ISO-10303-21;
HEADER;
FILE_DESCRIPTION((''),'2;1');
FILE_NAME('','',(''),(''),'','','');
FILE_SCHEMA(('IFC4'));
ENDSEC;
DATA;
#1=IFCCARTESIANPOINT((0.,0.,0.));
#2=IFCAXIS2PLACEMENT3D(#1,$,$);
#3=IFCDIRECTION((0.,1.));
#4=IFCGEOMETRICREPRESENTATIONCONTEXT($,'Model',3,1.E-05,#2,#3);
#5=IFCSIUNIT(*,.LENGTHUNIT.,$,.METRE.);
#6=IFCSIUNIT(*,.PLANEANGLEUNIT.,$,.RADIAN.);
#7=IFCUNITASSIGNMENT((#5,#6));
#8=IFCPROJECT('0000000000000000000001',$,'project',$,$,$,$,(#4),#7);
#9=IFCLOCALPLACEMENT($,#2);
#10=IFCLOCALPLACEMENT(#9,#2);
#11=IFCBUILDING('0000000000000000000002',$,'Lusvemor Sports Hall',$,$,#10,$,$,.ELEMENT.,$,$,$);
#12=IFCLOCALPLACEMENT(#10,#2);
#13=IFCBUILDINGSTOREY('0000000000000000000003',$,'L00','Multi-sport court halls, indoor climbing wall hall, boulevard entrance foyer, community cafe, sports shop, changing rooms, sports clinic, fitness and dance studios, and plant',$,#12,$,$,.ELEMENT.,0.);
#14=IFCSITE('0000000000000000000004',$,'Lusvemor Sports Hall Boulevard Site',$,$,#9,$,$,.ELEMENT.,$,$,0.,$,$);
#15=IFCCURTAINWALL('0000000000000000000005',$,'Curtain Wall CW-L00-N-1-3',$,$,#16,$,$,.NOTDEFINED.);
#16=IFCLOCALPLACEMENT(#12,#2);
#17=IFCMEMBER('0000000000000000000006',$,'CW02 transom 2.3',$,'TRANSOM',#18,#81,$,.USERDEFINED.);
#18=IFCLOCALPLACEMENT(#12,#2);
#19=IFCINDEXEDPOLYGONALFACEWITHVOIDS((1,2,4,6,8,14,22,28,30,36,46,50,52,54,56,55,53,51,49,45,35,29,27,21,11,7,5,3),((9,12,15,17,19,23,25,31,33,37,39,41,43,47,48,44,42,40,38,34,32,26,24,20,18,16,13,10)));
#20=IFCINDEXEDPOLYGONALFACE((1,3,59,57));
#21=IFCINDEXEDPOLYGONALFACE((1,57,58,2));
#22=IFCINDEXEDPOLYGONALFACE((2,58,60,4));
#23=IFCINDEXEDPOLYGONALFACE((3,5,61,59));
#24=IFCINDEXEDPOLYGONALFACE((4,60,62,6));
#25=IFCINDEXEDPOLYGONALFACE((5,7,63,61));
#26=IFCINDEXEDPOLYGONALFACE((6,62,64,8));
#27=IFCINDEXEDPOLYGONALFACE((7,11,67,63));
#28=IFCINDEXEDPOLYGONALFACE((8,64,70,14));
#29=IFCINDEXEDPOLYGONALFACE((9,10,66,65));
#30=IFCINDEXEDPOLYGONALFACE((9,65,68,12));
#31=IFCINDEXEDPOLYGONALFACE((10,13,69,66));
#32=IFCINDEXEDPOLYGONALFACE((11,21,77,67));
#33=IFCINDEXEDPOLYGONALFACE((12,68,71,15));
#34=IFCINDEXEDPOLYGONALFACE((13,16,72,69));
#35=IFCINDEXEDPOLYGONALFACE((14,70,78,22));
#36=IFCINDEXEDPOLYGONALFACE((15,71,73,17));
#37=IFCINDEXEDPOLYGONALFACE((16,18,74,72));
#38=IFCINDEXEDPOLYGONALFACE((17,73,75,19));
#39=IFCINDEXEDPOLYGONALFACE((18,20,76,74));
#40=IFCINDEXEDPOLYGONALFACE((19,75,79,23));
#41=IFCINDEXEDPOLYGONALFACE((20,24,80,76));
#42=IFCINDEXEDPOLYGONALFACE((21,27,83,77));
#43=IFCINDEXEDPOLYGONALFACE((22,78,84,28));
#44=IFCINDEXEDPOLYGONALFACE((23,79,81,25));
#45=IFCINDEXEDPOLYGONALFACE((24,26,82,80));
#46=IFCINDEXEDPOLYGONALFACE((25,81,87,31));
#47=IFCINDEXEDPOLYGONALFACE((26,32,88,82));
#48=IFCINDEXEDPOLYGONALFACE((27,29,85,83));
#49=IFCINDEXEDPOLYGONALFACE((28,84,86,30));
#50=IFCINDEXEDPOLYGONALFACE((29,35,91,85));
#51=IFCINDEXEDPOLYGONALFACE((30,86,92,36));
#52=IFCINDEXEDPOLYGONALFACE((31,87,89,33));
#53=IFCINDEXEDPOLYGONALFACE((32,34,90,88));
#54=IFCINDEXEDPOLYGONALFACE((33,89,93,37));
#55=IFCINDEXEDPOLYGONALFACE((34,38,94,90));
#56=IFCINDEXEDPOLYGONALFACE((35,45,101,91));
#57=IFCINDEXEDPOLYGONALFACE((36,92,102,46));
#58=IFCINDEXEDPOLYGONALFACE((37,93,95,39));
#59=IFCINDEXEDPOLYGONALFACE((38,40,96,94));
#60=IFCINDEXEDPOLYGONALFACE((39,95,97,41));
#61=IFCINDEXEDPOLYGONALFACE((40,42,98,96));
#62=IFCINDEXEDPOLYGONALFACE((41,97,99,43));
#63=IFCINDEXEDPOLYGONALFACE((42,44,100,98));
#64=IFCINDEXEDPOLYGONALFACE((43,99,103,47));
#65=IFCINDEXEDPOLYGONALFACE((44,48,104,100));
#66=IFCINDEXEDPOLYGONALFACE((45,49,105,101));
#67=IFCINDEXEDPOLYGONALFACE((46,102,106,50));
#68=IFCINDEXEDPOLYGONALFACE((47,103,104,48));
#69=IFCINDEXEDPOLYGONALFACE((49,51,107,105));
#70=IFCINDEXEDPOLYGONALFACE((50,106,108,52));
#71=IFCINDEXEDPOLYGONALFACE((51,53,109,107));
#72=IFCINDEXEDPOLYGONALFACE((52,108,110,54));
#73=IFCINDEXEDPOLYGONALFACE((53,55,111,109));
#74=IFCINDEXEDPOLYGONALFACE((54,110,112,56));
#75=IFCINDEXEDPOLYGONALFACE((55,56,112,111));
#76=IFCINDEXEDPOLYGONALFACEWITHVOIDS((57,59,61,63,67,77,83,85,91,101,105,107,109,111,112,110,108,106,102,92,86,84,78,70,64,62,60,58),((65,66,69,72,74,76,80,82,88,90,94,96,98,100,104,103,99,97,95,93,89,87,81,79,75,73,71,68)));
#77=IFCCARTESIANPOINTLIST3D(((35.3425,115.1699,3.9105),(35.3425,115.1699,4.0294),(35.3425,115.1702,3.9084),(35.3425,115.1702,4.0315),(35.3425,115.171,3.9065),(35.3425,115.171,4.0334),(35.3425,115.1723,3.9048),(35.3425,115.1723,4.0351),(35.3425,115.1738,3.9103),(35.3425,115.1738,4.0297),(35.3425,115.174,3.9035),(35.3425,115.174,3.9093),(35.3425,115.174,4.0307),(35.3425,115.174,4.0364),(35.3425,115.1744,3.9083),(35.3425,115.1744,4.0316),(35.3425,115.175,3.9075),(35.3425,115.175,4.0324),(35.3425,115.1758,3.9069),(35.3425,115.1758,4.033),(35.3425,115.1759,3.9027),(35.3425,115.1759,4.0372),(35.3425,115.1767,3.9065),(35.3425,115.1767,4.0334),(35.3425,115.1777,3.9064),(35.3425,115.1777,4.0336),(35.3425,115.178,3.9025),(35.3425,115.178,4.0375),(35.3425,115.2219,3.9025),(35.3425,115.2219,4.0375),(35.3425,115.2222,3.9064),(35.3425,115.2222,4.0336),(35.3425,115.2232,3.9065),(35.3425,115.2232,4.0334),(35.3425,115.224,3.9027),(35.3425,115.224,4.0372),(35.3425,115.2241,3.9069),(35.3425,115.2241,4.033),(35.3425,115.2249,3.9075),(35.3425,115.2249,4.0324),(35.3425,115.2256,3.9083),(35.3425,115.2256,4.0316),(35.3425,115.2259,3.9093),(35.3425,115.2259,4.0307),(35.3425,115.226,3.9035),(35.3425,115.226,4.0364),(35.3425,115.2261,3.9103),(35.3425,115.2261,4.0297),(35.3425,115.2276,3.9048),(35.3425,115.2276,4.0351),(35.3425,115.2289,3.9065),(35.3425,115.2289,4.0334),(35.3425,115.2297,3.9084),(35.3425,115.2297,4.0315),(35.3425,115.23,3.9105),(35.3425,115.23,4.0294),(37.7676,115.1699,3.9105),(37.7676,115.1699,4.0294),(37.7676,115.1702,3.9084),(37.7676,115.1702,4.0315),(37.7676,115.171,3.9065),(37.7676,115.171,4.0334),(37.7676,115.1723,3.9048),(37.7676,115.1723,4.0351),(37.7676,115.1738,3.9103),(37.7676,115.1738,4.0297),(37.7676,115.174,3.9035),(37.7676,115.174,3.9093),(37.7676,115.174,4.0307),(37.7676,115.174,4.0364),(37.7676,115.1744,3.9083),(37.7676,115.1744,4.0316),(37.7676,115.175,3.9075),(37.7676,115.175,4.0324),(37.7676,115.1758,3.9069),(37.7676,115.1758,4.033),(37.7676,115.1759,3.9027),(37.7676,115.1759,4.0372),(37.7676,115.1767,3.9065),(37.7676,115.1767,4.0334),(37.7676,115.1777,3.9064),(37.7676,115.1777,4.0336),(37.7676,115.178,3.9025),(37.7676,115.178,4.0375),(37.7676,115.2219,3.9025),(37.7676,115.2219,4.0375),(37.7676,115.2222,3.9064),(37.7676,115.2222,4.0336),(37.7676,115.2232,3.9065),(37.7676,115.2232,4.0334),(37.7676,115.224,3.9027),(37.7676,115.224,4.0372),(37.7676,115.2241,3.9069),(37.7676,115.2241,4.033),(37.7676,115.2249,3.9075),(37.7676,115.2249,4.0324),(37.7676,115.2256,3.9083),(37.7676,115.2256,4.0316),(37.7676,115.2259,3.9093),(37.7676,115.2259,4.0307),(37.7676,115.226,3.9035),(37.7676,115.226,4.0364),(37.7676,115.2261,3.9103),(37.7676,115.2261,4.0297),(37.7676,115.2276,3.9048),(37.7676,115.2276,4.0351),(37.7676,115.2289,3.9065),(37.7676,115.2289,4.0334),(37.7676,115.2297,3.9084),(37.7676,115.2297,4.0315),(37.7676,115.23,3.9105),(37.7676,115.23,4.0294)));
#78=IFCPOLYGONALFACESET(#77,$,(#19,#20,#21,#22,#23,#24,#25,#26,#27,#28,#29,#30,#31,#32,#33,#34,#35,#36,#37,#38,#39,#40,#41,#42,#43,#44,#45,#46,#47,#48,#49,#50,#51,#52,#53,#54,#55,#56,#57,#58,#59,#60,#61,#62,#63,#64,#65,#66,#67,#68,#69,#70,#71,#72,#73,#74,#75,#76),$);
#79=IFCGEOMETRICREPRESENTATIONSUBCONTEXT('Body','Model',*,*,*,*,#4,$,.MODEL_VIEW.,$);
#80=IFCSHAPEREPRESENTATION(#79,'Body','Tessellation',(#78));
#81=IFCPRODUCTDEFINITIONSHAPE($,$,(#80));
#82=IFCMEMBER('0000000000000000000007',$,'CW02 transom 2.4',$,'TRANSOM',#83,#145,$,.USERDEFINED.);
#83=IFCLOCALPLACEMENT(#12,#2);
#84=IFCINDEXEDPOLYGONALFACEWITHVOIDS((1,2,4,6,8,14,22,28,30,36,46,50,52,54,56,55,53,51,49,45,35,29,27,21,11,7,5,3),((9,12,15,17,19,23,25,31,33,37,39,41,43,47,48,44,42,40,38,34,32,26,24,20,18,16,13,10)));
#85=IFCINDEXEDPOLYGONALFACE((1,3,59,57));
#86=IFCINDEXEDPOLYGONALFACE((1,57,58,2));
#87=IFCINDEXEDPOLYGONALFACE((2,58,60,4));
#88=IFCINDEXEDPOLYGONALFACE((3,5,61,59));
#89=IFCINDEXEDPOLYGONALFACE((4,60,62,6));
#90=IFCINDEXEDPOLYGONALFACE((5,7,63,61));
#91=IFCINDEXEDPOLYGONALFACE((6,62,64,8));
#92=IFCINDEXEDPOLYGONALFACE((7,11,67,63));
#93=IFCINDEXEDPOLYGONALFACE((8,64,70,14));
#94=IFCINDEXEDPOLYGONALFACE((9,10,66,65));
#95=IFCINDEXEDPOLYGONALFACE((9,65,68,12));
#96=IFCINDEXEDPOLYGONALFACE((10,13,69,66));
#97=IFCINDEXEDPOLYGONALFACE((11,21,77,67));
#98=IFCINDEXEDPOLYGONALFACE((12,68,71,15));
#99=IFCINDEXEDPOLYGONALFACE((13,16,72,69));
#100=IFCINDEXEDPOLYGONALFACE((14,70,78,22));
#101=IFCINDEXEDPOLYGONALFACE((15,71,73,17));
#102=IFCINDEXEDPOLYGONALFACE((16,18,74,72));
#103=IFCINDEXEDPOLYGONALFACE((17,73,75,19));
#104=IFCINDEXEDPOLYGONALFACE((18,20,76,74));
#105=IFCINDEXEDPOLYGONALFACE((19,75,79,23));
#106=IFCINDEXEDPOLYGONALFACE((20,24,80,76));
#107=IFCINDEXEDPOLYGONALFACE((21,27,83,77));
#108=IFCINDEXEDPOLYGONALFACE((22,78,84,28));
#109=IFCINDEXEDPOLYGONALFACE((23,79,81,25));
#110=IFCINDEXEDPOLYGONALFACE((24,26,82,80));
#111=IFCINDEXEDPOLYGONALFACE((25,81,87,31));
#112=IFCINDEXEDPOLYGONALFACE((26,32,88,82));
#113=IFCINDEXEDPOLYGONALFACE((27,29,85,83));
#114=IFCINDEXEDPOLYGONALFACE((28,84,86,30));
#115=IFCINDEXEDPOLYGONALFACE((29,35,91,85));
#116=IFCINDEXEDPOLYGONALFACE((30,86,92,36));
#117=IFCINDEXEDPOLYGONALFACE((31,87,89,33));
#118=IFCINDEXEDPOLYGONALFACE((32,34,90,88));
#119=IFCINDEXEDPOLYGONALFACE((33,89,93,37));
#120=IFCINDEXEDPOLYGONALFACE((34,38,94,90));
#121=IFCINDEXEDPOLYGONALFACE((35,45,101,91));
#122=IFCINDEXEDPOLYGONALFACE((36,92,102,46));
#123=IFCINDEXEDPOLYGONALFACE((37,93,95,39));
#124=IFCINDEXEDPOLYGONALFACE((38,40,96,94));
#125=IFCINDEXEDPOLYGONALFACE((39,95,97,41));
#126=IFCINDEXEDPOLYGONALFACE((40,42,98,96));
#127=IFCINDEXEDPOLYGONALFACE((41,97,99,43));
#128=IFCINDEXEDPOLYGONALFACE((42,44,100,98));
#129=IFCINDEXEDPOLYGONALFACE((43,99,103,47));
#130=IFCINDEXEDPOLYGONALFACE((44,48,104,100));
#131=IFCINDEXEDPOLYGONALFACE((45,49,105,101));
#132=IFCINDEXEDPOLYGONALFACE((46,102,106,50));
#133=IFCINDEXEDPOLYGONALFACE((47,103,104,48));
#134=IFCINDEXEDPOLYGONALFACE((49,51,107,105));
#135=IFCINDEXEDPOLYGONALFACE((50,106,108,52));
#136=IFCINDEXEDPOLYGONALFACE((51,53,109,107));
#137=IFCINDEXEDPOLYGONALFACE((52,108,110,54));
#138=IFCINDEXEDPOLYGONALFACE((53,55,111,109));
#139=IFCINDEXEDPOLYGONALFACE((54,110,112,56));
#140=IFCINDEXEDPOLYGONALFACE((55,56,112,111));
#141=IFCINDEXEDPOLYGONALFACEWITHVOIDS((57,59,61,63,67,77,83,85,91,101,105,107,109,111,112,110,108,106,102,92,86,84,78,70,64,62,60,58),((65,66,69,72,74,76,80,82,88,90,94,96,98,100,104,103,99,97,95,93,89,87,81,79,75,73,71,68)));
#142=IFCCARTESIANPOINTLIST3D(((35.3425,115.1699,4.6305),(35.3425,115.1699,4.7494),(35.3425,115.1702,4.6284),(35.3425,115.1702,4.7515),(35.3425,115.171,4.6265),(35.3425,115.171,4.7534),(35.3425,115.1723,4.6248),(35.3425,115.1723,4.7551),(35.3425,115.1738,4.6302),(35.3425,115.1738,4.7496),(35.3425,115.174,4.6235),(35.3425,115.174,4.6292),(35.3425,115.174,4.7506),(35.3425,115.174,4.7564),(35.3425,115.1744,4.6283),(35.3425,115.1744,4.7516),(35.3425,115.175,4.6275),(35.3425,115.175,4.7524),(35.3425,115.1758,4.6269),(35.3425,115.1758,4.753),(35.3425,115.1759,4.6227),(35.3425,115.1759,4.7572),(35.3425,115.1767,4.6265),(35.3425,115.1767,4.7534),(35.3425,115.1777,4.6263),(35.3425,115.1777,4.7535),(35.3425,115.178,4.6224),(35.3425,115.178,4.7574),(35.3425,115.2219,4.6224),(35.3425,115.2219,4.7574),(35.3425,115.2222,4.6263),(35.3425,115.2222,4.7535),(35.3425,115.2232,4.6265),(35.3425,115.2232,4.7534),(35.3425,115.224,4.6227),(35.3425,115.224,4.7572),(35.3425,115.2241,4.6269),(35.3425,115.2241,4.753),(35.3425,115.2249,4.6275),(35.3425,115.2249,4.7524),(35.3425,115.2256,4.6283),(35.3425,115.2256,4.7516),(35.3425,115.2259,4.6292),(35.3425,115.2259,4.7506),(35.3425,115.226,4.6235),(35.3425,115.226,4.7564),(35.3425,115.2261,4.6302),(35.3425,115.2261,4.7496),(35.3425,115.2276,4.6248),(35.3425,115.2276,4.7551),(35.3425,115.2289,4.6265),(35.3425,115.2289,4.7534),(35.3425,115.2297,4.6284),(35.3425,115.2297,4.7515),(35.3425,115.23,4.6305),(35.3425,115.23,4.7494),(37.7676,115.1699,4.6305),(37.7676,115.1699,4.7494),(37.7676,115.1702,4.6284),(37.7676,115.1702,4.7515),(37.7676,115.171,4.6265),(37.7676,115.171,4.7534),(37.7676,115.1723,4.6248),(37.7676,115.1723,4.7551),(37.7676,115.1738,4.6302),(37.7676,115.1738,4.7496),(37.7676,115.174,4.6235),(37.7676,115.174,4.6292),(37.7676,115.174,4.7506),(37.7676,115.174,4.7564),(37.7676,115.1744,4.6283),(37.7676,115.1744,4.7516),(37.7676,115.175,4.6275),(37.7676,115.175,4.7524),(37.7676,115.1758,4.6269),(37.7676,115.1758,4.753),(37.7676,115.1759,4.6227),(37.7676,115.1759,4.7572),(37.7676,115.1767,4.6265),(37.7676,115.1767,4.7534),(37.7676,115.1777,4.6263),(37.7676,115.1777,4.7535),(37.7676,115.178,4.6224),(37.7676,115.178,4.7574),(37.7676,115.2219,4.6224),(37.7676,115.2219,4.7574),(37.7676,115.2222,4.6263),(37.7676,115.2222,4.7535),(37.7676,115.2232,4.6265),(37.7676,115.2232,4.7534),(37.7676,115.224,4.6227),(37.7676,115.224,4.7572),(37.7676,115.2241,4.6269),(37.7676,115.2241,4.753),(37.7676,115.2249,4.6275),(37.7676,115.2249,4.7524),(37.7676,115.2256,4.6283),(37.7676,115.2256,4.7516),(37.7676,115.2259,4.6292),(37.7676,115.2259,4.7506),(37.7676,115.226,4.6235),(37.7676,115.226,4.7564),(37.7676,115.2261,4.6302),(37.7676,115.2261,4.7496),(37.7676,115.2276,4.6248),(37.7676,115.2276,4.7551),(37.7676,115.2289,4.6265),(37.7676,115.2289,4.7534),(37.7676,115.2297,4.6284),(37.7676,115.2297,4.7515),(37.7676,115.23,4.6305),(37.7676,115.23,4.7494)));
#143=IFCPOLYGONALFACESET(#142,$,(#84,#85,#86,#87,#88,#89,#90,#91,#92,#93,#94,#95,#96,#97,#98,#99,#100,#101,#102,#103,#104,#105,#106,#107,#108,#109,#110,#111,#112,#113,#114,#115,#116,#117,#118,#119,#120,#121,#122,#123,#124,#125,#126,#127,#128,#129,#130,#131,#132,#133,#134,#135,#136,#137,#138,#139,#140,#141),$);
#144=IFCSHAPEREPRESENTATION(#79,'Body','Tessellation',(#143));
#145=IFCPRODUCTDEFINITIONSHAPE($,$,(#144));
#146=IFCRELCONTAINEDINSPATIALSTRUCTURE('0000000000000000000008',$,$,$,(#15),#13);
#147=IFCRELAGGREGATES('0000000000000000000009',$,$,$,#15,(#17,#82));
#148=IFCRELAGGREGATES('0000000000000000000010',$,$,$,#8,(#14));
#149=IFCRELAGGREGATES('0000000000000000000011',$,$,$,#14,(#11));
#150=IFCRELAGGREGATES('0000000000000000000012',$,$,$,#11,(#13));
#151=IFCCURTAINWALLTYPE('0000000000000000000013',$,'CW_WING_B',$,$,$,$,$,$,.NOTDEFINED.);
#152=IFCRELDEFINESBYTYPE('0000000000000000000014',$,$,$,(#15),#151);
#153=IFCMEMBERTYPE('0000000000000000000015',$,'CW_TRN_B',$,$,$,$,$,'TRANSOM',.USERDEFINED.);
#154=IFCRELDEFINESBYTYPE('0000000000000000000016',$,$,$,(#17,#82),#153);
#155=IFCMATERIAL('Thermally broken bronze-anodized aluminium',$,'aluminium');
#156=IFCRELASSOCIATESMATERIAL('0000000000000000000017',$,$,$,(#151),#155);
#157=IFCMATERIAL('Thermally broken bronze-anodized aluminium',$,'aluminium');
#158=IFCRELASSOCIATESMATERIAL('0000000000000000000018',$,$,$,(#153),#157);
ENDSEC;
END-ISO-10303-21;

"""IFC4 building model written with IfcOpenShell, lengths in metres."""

from ifc_helpers import new_model, si_unit, direction, frame, origin, origin_2d, place, context, subcontext, project, spatial, hollow_rectangle, extrude, material, material_profile, profile_set, type_object, element, aggregate, save


model = new_model("IFC4")

# Units and contexts
model_context = context("Model", 3, precision=1e-05, world=origin(), true_north=direction((0.0, 1.0)))
body_context = subcontext(model_context, "Body", "Model", "MODEL_VIEW")
ifc_project = project(units=[si_unit("LENGTHUNIT", "METRE"), si_unit("PLANEANGLEUNIT", "RADIAN")], contexts=[model_context])

# Site, building, storey
site_placement = place(None, origin())
site = spatial("IfcSite", under=ifc_project, at=site_placement, Name="Lusvemor Sports Hall Boulevard Site", CompositionType="ELEMENT", RefElevation=0.0)
building_placement = place(site_placement, origin())
building = spatial("IfcBuilding", under=site, at=building_placement, Name="Lusvemor Sports Hall", CompositionType="ELEMENT")
storey_placement = place(building_placement, origin())
storey = spatial("IfcBuildingStorey", under=building, at=storey_placement, Name="L00", Description="Multi-sport court halls, indoor climbing wall hall, boulevard entrance foyer, community cafe, sports shop, changing rooms, sports clinic, fitness and dance studios, and plant", CompositionType="ELEMENT", Elevation=0.0)

# Curtain wall, members
ifc_material_1 = material(Name="Thermally broken bronze-anodized aluminium", Category="aluminium")
curtain_wall_type = type_object("IfcCurtainWallType", Name="CW_WING_B", PredefinedType="NOTDEFINED", material=ifc_material_1)
curtain_wall_placement = place(storey_placement, origin())
curtain_wall = element("IfcCurtainWall", 1, at=curtain_wall_placement, inside=storey, type_object=curtain_wall_type, Name="Curtain Wall CW-L00-N-1-3", PredefinedType="NOTDEFINED")
ifc_material_2 = material(Name="Thermally broken bronze-anodized aluminium", Category="aluminium")
ifc_material_profile_1 = material_profile(ifc_material_2, hollow_rectangle(XDim=0.0601, YDim=0.135, WallThickness=0.0039, InnerFilletRadius=0.0039, OuterFilletRadius=0.0081, at=origin_2d()), Name="CWTRN135x60x4")
ifc_profile_set_1 = profile_set([ifc_material_profile_1], Name="Thermally broken bronze-anodized aluminium")
member_type_1 = type_object("IfcMemberType", Name="CW_TRN_B", ElementType="TRANSOM", PredefinedType="USERDEFINED", material=ifc_profile_set_1)
member_1_placement = place(storey_placement, frame((35.3425, 115.2, 3.97), z_axis=(1.0, 0.0, 0.0), x_axis=(0.0, 1.0, 0.0)))
member_1 = element("IfcMember", 2, at=member_1_placement, type_object=member_type_1, Name="CW02 transom 2.3", ObjectType="TRANSOM", PredefinedType="USERDEFINED", context=body_context, shape_type="SweptSolid", body=[
    extrude(hollow_rectangle(XDim=0.0601, YDim=0.135, WallThickness=0.0039, InnerFilletRadius=0.0039, OuterFilletRadius=0.0081, at=origin_2d()), origin(), (0.0, 0.0, 1.0), 2.425),
])
member_2_placement = place(storey_placement, frame((35.3425, 115.2, 4.6899), z_axis=(1.0, 0.0, 0.0), x_axis=(0.0, 1.0, 0.0)))
member_2 = element("IfcMember", 3, at=member_2_placement, type_object=member_type_1, Name="CW02 transom 2.4", ObjectType="TRANSOM", PredefinedType="USERDEFINED", context=body_context, shape_type="SweptSolid", body=[
    extrude(hollow_rectangle(XDim=0.0601, YDim=0.135, WallThickness=0.0039, InnerFilletRadius=0.0039, OuterFilletRadius=0.0081, at=origin_2d()), origin(), (0.0, 0.0, 1.0), 2.425),
])
aggregate(curtain_wall, [member_1, member_2])

save(model, "model.ifc")
